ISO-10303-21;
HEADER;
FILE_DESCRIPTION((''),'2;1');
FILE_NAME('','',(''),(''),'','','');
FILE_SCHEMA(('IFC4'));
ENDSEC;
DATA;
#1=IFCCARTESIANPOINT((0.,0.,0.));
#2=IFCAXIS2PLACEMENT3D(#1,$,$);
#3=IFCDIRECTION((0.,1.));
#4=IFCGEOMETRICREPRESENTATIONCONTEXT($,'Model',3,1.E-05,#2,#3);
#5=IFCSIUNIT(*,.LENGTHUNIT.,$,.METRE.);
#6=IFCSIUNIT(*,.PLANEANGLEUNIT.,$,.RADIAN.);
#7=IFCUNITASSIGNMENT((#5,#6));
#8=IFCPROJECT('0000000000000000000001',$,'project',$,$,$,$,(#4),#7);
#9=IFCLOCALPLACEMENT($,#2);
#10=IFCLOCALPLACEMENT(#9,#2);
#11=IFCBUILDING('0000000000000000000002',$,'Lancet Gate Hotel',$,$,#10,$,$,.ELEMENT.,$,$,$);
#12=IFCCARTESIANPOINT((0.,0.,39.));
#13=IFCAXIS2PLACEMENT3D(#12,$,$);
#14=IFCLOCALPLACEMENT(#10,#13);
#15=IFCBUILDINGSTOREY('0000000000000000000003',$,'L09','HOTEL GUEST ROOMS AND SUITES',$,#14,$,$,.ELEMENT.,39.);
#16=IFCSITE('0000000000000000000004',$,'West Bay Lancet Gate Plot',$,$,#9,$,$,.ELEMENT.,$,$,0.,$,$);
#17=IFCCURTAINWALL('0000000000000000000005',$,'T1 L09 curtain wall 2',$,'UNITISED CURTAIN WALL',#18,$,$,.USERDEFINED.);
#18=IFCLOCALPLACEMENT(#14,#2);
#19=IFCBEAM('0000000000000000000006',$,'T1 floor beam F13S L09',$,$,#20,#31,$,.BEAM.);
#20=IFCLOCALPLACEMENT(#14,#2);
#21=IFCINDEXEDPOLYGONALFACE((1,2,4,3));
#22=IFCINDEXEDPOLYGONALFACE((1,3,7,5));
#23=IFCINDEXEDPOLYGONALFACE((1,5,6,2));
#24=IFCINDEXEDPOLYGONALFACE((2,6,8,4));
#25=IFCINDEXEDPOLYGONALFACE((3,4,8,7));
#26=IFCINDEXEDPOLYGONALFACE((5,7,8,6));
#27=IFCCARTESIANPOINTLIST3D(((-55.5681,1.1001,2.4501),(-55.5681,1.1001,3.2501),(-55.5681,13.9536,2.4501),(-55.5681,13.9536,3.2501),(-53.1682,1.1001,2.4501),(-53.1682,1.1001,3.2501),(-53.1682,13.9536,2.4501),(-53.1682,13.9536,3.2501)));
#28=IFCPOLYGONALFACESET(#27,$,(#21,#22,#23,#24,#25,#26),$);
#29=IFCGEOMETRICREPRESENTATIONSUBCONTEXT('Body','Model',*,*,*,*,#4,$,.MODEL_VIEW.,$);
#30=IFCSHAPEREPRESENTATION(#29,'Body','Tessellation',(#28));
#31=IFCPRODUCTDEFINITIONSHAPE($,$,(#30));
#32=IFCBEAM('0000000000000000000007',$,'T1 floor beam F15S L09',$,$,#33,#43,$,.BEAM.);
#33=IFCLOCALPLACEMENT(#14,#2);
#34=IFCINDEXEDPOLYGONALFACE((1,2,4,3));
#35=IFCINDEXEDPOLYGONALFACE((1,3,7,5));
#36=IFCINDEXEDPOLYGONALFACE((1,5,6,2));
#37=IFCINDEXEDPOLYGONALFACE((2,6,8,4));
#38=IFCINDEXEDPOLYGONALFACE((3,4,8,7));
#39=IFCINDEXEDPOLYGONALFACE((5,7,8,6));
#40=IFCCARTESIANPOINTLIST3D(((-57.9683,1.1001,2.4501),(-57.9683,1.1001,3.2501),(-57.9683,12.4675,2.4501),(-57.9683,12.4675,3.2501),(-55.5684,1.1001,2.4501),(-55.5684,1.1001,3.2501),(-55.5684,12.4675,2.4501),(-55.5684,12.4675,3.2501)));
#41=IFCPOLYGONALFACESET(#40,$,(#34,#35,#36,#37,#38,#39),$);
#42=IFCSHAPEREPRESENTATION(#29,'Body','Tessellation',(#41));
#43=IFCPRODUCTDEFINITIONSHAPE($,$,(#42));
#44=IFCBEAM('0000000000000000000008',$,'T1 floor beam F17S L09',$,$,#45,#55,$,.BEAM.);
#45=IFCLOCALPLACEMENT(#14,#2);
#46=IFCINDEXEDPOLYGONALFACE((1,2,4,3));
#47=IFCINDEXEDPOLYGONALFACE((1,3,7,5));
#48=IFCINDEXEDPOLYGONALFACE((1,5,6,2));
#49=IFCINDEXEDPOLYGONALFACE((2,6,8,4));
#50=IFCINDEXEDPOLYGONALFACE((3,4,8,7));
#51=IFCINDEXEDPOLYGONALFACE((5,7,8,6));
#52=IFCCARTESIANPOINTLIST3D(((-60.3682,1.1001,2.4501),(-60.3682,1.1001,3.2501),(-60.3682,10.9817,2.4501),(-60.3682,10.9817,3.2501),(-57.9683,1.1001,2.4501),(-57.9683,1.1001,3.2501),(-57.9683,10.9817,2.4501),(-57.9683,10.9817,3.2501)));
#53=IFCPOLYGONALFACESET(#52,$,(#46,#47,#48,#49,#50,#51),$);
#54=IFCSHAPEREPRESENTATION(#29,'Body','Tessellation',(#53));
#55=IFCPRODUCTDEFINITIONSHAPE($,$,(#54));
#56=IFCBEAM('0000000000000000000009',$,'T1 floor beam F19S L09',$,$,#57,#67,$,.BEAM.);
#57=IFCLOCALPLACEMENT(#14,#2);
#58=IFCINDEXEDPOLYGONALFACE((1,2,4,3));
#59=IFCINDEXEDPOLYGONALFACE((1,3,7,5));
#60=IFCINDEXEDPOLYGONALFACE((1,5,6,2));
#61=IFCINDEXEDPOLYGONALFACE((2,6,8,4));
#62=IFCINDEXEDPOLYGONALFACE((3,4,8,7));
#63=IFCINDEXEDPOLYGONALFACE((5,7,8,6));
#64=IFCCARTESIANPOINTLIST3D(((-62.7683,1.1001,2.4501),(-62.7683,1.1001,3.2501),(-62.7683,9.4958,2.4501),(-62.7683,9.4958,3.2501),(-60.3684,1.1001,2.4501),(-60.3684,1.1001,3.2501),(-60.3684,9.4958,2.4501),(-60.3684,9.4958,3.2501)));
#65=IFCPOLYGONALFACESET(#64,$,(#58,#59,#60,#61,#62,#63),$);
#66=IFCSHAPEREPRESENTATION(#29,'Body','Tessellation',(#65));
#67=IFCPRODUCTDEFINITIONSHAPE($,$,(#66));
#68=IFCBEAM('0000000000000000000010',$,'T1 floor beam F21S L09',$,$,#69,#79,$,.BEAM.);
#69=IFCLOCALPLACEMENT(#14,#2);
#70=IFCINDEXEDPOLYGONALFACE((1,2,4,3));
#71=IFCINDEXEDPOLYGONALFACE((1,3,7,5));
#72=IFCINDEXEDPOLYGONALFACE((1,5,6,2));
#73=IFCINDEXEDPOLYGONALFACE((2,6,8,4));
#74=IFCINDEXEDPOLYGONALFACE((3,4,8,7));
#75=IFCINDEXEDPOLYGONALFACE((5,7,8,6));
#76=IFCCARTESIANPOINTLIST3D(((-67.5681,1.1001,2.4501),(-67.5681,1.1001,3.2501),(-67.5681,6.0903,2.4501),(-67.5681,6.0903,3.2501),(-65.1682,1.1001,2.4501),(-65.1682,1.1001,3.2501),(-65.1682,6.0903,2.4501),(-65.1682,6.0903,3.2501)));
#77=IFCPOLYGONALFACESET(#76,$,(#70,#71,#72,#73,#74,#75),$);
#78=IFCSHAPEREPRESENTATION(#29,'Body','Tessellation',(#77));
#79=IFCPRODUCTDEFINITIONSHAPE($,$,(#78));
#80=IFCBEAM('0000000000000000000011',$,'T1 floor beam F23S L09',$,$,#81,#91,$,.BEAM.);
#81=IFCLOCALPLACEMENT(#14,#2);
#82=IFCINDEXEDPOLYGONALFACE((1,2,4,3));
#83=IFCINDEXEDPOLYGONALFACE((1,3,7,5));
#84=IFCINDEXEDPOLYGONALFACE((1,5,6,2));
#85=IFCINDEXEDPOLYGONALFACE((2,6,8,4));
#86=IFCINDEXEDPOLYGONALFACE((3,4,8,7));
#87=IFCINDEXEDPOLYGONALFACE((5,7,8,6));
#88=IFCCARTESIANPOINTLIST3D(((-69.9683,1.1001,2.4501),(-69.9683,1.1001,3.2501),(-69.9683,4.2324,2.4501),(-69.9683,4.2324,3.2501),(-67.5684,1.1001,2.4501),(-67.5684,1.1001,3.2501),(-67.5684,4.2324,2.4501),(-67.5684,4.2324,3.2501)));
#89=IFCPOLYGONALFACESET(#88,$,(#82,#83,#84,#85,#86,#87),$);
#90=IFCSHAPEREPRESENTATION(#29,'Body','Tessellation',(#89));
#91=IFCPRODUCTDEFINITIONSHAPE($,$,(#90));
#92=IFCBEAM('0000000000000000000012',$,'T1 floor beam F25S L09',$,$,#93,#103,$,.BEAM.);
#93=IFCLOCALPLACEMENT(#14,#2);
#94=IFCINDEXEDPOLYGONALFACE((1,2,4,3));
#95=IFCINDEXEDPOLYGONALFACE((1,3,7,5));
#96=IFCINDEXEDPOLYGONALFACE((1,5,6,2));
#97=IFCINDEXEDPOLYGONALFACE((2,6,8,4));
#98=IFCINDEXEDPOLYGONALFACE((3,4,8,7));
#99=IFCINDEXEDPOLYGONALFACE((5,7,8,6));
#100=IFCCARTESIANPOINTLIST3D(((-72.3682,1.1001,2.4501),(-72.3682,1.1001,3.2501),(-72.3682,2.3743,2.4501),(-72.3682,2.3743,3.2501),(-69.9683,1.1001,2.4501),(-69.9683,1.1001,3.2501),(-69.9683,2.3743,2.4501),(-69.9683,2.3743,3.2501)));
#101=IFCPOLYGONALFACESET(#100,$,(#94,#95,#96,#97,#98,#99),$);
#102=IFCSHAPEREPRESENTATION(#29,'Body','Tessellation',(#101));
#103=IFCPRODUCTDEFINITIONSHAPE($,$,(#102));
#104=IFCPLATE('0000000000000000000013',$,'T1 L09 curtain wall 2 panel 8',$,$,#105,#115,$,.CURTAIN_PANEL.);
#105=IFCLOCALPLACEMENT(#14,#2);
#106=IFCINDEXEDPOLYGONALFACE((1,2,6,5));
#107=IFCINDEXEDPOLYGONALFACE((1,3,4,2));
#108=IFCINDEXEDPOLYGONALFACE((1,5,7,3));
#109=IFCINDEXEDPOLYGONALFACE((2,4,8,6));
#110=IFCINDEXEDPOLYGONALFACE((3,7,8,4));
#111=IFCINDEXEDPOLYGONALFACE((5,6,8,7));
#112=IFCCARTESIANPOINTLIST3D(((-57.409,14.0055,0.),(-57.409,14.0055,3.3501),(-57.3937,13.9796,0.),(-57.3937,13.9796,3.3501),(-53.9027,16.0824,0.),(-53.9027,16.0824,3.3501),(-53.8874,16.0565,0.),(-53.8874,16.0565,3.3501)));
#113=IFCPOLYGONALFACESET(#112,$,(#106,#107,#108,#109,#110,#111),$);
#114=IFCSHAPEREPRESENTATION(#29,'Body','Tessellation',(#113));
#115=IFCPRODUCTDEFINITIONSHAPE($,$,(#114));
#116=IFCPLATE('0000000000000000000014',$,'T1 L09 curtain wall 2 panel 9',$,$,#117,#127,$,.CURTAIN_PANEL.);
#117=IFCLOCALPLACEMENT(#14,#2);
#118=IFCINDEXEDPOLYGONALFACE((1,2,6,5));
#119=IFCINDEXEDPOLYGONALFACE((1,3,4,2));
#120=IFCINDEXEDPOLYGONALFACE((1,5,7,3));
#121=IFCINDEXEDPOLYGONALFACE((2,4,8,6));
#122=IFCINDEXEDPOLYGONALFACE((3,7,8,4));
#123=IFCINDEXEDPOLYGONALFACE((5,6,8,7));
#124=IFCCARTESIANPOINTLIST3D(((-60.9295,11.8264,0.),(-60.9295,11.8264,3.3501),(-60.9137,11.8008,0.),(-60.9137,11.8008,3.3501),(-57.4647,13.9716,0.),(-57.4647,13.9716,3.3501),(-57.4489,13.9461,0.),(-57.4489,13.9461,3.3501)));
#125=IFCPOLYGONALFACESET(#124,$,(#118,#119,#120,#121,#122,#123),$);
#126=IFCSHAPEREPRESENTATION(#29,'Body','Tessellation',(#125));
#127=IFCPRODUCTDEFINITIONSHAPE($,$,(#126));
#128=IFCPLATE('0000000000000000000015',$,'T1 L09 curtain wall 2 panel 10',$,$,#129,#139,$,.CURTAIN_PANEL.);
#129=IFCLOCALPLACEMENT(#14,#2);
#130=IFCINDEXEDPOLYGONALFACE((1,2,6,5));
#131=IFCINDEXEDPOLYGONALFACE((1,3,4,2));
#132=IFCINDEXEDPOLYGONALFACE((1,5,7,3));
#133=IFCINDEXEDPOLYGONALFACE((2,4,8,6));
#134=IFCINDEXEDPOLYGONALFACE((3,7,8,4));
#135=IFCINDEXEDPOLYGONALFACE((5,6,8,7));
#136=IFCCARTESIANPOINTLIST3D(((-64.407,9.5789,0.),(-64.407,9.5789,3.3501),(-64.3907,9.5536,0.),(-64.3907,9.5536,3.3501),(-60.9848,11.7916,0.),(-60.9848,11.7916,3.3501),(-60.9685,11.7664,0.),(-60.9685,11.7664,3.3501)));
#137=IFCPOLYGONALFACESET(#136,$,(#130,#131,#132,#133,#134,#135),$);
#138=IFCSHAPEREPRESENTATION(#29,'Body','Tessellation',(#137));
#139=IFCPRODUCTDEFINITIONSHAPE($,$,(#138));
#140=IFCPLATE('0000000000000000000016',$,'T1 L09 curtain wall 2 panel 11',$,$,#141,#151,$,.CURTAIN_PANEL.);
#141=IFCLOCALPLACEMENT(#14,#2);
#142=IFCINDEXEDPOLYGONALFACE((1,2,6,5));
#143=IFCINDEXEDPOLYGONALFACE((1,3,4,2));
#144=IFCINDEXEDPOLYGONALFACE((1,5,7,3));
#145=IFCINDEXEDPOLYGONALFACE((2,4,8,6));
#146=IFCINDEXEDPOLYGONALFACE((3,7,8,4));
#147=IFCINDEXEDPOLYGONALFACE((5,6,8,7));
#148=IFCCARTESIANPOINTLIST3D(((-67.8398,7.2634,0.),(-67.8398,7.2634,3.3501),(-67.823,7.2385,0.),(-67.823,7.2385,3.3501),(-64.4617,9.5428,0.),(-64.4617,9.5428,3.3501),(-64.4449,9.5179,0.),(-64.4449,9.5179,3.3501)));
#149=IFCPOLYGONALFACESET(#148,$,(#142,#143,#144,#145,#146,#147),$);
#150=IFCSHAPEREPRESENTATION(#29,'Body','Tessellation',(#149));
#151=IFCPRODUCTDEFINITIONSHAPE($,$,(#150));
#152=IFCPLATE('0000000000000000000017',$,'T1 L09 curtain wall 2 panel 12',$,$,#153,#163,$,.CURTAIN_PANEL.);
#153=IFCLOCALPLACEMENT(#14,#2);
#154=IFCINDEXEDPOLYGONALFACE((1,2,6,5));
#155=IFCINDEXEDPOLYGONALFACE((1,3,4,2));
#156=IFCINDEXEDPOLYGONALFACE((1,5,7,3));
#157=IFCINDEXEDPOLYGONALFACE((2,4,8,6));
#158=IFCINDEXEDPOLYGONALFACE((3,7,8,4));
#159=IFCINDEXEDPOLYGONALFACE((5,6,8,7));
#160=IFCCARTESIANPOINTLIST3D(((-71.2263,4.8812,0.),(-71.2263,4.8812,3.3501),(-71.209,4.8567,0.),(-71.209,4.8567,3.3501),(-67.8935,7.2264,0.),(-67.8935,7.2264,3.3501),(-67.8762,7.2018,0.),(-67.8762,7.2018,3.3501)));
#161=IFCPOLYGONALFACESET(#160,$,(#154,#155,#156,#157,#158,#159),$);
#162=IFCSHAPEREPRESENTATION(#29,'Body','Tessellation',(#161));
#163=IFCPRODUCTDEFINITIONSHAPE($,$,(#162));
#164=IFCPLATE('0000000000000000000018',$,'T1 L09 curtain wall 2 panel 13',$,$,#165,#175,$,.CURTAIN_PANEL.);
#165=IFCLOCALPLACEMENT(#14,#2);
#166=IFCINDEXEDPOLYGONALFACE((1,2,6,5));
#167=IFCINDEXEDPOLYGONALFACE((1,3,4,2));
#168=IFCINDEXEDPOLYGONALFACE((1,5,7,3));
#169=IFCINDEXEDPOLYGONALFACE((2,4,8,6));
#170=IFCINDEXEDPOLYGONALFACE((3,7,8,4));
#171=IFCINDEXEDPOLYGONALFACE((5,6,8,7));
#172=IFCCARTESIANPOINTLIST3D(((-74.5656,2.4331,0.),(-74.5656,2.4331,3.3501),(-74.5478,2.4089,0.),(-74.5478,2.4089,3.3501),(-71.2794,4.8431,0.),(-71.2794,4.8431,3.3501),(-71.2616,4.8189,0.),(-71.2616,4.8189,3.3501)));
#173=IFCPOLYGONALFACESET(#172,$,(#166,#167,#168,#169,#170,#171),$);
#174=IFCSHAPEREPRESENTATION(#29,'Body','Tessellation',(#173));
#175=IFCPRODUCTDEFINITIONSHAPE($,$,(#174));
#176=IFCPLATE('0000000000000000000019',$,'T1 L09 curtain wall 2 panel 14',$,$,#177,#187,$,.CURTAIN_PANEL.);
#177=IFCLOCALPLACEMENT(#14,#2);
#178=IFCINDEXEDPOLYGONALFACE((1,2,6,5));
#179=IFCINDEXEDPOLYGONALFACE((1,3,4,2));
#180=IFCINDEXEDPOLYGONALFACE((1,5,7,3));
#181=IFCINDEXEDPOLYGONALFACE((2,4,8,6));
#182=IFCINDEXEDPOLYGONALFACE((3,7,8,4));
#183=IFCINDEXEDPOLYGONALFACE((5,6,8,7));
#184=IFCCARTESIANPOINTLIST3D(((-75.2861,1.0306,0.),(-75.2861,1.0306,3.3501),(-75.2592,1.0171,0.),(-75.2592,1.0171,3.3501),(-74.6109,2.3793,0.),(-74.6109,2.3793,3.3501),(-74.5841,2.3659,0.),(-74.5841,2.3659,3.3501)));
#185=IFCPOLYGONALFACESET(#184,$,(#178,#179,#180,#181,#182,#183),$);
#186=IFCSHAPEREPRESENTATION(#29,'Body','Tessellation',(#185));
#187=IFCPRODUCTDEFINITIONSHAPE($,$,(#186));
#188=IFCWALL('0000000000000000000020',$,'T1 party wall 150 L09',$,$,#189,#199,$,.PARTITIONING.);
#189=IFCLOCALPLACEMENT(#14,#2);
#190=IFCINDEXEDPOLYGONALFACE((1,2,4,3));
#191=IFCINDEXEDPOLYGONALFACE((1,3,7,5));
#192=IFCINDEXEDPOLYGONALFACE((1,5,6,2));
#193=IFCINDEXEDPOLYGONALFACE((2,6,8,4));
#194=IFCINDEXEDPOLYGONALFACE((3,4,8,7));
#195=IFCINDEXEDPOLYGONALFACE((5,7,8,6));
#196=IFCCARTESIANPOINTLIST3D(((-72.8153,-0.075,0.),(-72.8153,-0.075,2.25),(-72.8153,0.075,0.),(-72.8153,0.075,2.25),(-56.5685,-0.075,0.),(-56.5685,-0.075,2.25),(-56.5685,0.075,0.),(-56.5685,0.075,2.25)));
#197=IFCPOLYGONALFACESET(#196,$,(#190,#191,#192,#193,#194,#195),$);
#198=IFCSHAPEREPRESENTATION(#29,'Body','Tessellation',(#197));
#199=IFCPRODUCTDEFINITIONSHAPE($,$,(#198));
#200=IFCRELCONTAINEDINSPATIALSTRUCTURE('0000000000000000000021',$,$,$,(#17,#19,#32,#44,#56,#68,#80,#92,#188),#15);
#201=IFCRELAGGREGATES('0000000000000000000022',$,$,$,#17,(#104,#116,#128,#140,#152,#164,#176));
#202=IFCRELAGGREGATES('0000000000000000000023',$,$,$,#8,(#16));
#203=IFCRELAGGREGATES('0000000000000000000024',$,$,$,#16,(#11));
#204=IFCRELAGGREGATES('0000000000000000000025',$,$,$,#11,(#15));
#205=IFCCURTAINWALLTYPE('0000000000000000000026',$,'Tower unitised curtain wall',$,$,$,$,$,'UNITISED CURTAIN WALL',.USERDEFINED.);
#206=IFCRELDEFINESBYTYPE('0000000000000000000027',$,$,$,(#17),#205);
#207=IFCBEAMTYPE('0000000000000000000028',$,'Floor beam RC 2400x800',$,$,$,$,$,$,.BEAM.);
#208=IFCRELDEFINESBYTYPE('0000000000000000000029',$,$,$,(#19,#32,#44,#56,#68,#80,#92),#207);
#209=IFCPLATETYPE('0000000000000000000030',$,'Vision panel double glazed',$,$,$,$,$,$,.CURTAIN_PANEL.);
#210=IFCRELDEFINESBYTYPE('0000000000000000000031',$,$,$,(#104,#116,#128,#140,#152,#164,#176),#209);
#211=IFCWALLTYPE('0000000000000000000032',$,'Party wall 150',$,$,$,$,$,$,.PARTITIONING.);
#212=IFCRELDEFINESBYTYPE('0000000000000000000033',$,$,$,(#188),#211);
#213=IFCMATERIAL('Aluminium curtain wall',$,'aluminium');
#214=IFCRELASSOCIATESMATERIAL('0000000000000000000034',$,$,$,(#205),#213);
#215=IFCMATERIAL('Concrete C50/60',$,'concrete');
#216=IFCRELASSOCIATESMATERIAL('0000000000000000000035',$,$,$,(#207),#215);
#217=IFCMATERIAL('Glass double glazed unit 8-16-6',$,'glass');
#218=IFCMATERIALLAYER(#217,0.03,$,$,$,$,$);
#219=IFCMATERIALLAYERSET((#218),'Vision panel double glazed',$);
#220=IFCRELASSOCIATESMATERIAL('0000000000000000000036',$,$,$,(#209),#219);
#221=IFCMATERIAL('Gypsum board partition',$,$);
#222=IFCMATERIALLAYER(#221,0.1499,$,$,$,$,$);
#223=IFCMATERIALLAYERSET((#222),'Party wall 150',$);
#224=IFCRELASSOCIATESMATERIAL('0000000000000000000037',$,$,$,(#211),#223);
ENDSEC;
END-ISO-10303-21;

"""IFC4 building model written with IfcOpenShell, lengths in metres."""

from ifc_helpers import new_model, si_unit, direction, frame, frame_2d, origin, origin_2d, place, context, subcontext, project, spatial, rectangle, extrude, material, layer, layer_set, material_profile, profile_set, type_object, element, aggregate, save


model = new_model("IFC4")

# Units and contexts
model_context = context("Model", 3, precision=1e-05, world=origin(), true_north=direction((0.0, 1.0)))
body_context = subcontext(model_context, "Body", "Model", "MODEL_VIEW")
ifc_project = project(units=[si_unit("LENGTHUNIT", "METRE"), si_unit("PLANEANGLEUNIT", "RADIAN")], contexts=[model_context])

# Site, building, storey
site_placement = place(None, origin())
site = spatial("IfcSite", under=ifc_project, at=site_placement, Name="West Bay Lancet Gate Plot", CompositionType="ELEMENT", RefElevation=0.0)
building_placement = place(site_placement, origin())
building = spatial("IfcBuilding", under=site, at=building_placement, Name="Lancet Gate Hotel", CompositionType="ELEMENT")
storey_placement = place(building_placement, frame((0.0, 0.0, 39.0)))
storey = spatial("IfcBuildingStorey", under=building, at=storey_placement, Name="L09", Description="HOTEL GUEST ROOMS AND SUITES", CompositionType="ELEMENT", Elevation=39.0)

# Curtain wall
ifc_material_1 = material(Name="Aluminium curtain wall", Category="aluminium")
curtain_wall_type = type_object("IfcCurtainWallType", Name="Tower unitised curtain wall", ElementType="UNITISED CURTAIN WALL", PredefinedType="USERDEFINED", material=ifc_material_1)
curtain_wall_placement = place(storey_placement, origin())
curtain_wall = element("IfcCurtainWall", 1, at=curtain_wall_placement, inside=storey, type_object=curtain_wall_type, Name="T1 L09 curtain wall 2", ObjectType="UNITISED CURTAIN WALL", PredefinedType="USERDEFINED")

# Beams
ifc_material_2 = material(Name="Concrete C50/60", Category="concrete")
ifc_material_profile_1 = material_profile(ifc_material_2, rectangle(XDim=2.3999, YDim=0.8, at=origin_2d()), Name="RC 2400x800")
ifc_profile_set_1 = profile_set([ifc_material_profile_1], Name="Concrete C50/60")
beam_type_1 = type_object("IfcBeamType", Name="Floor beam RC 2400x800", PredefinedType="BEAM", material=ifc_profile_set_1)
beam_1_placement = place(storey_placement, frame((-54.3682, 13.9536, 2.8501), z_axis=(0.0, -1.0, 0.0), x_axis=(1.0, 0.0, 0.0)))
element("IfcBeam", 2, at=beam_1_placement, inside=storey, type_object=beam_type_1, Name="T1 floor beam F13S L09", PredefinedType="BEAM", context=body_context, shape_type="SweptSolid", body=[
    extrude(rectangle(XDim=2.3999, YDim=0.8, at=origin_2d()), origin(), (0.0, 0.0, 1.0), 12.8535),
])
beam_2_placement = place(storey_placement, frame((-56.7683, 12.4675, 2.8501), z_axis=(0.0, -1.0, 0.0), x_axis=(1.0, 0.0, 0.0)))
element("IfcBeam", 3, at=beam_2_placement, inside=storey, type_object=beam_type_1, Name="T1 floor beam F15S L09", PredefinedType="BEAM", context=body_context, shape_type="SweptSolid", body=[
    extrude(rectangle(XDim=2.3999, YDim=0.8, at=origin_2d()), origin(), (0.0, 0.0, 1.0), 11.3674),
])
beam_3_placement = place(storey_placement, frame((-59.1682, 10.9817, 2.8501), z_axis=(0.0, -1.0, 0.0), x_axis=(1.0, 0.0, 0.0)))
element("IfcBeam", 4, at=beam_3_placement, inside=storey, type_object=beam_type_1, Name="T1 floor beam F17S L09", PredefinedType="BEAM", context=body_context, shape_type="SweptSolid", body=[
    extrude(rectangle(XDim=2.3999, YDim=0.8, at=origin_2d()), origin(), (0.0, 0.0, 1.0), 9.8816),
])
beam_4_placement = place(storey_placement, frame((-61.5684, 9.4958, 2.8501), z_axis=(0.0, -1.0, 0.0), x_axis=(1.0, 0.0, 0.0)))
element("IfcBeam", 5, at=beam_4_placement, inside=storey, type_object=beam_type_1, Name="T1 floor beam F19S L09", PredefinedType="BEAM", context=body_context, shape_type="SweptSolid", body=[
    extrude(rectangle(XDim=2.3999, YDim=0.8, at=origin_2d()), origin(), (0.0, 0.0, 1.0), 8.3958),
])
beam_5_placement = place(storey_placement, frame((-66.3682, 6.0903, 2.8501), z_axis=(0.0, -1.0, 0.0), x_axis=(1.0, 0.0, 0.0)))
element("IfcBeam", 6, at=beam_5_placement, inside=storey, type_object=beam_type_1, Name="T1 floor beam F21S L09", PredefinedType="BEAM", context=body_context, shape_type="SweptSolid", body=[
    extrude(rectangle(XDim=2.3999, YDim=0.8, at=origin_2d()), origin(), (0.0, 0.0, 1.0), 4.9902),
])
beam_6_placement = place(storey_placement, frame((-68.7683, 4.2324, 2.8501), z_axis=(0.0, -1.0, 0.0), x_axis=(1.0, 0.0, 0.0)))
element("IfcBeam", 7, at=beam_6_placement, inside=storey, type_object=beam_type_1, Name="T1 floor beam F23S L09", PredefinedType="BEAM", context=body_context, shape_type="SweptSolid", body=[
    extrude(rectangle(XDim=2.3999, YDim=0.8, at=origin_2d()), origin(), (0.0, 0.0, 1.0), 3.1323),
])
beam_7_placement = place(storey_placement, frame((-71.1682, 2.3743, 2.8501), z_axis=(0.0, -1.0, 0.0), x_axis=(1.0, 0.0, 0.0)))
element("IfcBeam", 8, at=beam_7_placement, inside=storey, type_object=beam_type_1, Name="T1 floor beam F25S L09", PredefinedType="BEAM", context=body_context, shape_type="SweptSolid", body=[
    extrude(rectangle(XDim=2.3999, YDim=0.8, at=origin_2d()), origin(), (0.0, 0.0, 1.0), 1.2742),
])

# Plates
ifc_material_3 = material(Name="Glass double glazed unit 8-16-6", Category="glass")
ifc_layer_1 = layer(ifc_material_3, 0.03)
ifc_layer_set_1 = layer_set([ifc_layer_1], Name="Vision panel double glazed")
plate_type = type_object("IfcPlateType", Name="Vision panel double glazed", PredefinedType="CURTAIN_PANEL", material=ifc_layer_set_1)
plate_1_placement = place(storey_placement, frame((-55.6482, 15.031, 0.0), z_axis=(0.0, 0.0, 1.0), x_axis=(-0.860382, -0.50965, 0.0)))
plate_1 = element("IfcPlate", 9, at=plate_1_placement, type_object=plate_type, Name="T1 L09 curtain wall 2 panel 8", PredefinedType="CURTAIN_PANEL", context=body_context, shape_type="SweptSolid", body=[
    extrude(rectangle(XDim=4.0752, YDim=0.03, at=origin_2d()), origin(), (0.0, 0.0, 1.0), 3.3501),
])
plate_2_placement = place(storey_placement, frame((-59.1892, 12.8862, 0.0), z_axis=(0.0, 0.0, 1.0), x_axis=(-0.850229, -0.526414, 0.0)))
plate_2 = element("IfcPlate", 10, at=plate_2_placement, type_object=plate_type, Name="T1 L09 curtain wall 2 panel 9", PredefinedType="CURTAIN_PANEL", context=body_context, shape_type="SweptSolid", body=[
    extrude(rectangle(XDim=4.0752, YDim=0.03, at=origin_2d()), origin(), (0.0, 0.0, 1.0), 3.3501),
])
plate_3_placement = place(storey_placement, frame((-62.6877, 10.6726, 0.0), z_axis=(0.0, 0.0, 1.0), x_axis=(-0.839749, -0.542975, 0.0)))
plate_3 = element("IfcPlate", 11, at=plate_3_placement, type_object=plate_type, Name="T1 L09 curtain wall 2 panel 10", PredefinedType="CURTAIN_PANEL", context=body_context, shape_type="SweptSolid", body=[
    extrude(rectangle(XDim=4.0752, YDim=0.03, at=origin_2d()), origin(), (0.0, 0.0, 1.0), 3.3501),
])
plate_4_placement = place(storey_placement, frame((-66.1423, 8.3906, 0.0), z_axis=(0.0, 0.0, 1.0), x_axis=(-0.828946, -0.559329, 0.0)))
plate_4 = element("IfcPlate", 12, at=plate_4_placement, type_object=plate_type, Name="T1 L09 curtain wall 2 panel 11", PredefinedType="CURTAIN_PANEL", context=body_context, shape_type="SweptSolid", body=[
    extrude(rectangle(XDim=4.0752, YDim=0.03, at=origin_2d()), origin(), (0.0, 0.0, 1.0), 3.3501),
])
plate_5_placement = place(storey_placement, frame((-69.5513, 6.0415, 0.0), z_axis=(0.0, 0.0, 1.0), x_axis=(-0.817825, -0.575467, 0.0)))
plate_5 = element("IfcPlate", 13, at=plate_5_placement, type_object=plate_type, Name="T1 L09 curtain wall 2 panel 12", PredefinedType="CURTAIN_PANEL", context=body_context, shape_type="SweptSolid", body=[
    extrude(rectangle(XDim=4.0752, YDim=0.03, at=origin_2d()), origin(), (0.0, 0.0, 1.0), 3.3501),
])
plate_6_placement = place(storey_placement, frame((-72.9136, 3.626, 0.0), z_axis=(0.0, 0.0, 1.0), x_axis=(-0.80639, -0.591384, 0.0)))
plate_6 = element("IfcPlate", 14, at=plate_6_placement, type_object=plate_type, Name="T1 L09 curtain wall 2 panel 13", PredefinedType="CURTAIN_PANEL", context=body_context, shape_type="SweptSolid", body=[
    extrude(rectangle(XDim=4.0752, YDim=0.03, at=origin_2d()), origin(), (0.0, 0.0, 1.0), 3.3501),
])
plate_7_placement = place(storey_placement, frame((-74.9351, 1.6982, 0.0), z_axis=(0.0, 0.0, 1.0), x_axis=(-0.447628, -0.89422, 0.0)))
plate_7 = element("IfcPlate", 15, at=plate_7_placement, type_object=plate_type, Name="T1 L09 curtain wall 2 panel 14", PredefinedType="CURTAIN_PANEL", context=body_context, shape_type="SweptSolid", body=[
    extrude(rectangle(XDim=1.5083, YDim=0.03, at=origin_2d()), origin(), (0.0, 0.0, 1.0), 3.3501),
])
aggregate(curtain_wall, [plate_1, plate_2, plate_3, plate_4, plate_5, plate_6, plate_7])

# Wall
ifc_material_4 = material(Name="Gypsum board partition")
ifc_layer_2 = layer(ifc_material_4, 0.1499)
ifc_layer_set_2 = layer_set([ifc_layer_2], Name="Party wall 150")
wall_type = type_object("IfcWallType", Name="Party wall 150", PredefinedType="PARTITIONING", material=ifc_layer_set_2)
wall_placement = place(storey_placement, frame((-56.5684, 0.0, 0.0), z_axis=(0.0, 0.0, 1.0), x_axis=(-1.0, 0.0, 0.0)))
element("IfcWall", 16, at=wall_placement, inside=storey, type_object=wall_type, Name="T1 party wall 150 L09", PredefinedType="PARTITIONING", context=body_context, shape_type="SweptSolid", body=[
    extrude(rectangle(XDim=16.2468, YDim=0.1499, at=frame_2d((8.1235, 0.0))), origin(), (0.0, 0.0, 1.0), 2.25),
])

save(model, "model.ifc")
